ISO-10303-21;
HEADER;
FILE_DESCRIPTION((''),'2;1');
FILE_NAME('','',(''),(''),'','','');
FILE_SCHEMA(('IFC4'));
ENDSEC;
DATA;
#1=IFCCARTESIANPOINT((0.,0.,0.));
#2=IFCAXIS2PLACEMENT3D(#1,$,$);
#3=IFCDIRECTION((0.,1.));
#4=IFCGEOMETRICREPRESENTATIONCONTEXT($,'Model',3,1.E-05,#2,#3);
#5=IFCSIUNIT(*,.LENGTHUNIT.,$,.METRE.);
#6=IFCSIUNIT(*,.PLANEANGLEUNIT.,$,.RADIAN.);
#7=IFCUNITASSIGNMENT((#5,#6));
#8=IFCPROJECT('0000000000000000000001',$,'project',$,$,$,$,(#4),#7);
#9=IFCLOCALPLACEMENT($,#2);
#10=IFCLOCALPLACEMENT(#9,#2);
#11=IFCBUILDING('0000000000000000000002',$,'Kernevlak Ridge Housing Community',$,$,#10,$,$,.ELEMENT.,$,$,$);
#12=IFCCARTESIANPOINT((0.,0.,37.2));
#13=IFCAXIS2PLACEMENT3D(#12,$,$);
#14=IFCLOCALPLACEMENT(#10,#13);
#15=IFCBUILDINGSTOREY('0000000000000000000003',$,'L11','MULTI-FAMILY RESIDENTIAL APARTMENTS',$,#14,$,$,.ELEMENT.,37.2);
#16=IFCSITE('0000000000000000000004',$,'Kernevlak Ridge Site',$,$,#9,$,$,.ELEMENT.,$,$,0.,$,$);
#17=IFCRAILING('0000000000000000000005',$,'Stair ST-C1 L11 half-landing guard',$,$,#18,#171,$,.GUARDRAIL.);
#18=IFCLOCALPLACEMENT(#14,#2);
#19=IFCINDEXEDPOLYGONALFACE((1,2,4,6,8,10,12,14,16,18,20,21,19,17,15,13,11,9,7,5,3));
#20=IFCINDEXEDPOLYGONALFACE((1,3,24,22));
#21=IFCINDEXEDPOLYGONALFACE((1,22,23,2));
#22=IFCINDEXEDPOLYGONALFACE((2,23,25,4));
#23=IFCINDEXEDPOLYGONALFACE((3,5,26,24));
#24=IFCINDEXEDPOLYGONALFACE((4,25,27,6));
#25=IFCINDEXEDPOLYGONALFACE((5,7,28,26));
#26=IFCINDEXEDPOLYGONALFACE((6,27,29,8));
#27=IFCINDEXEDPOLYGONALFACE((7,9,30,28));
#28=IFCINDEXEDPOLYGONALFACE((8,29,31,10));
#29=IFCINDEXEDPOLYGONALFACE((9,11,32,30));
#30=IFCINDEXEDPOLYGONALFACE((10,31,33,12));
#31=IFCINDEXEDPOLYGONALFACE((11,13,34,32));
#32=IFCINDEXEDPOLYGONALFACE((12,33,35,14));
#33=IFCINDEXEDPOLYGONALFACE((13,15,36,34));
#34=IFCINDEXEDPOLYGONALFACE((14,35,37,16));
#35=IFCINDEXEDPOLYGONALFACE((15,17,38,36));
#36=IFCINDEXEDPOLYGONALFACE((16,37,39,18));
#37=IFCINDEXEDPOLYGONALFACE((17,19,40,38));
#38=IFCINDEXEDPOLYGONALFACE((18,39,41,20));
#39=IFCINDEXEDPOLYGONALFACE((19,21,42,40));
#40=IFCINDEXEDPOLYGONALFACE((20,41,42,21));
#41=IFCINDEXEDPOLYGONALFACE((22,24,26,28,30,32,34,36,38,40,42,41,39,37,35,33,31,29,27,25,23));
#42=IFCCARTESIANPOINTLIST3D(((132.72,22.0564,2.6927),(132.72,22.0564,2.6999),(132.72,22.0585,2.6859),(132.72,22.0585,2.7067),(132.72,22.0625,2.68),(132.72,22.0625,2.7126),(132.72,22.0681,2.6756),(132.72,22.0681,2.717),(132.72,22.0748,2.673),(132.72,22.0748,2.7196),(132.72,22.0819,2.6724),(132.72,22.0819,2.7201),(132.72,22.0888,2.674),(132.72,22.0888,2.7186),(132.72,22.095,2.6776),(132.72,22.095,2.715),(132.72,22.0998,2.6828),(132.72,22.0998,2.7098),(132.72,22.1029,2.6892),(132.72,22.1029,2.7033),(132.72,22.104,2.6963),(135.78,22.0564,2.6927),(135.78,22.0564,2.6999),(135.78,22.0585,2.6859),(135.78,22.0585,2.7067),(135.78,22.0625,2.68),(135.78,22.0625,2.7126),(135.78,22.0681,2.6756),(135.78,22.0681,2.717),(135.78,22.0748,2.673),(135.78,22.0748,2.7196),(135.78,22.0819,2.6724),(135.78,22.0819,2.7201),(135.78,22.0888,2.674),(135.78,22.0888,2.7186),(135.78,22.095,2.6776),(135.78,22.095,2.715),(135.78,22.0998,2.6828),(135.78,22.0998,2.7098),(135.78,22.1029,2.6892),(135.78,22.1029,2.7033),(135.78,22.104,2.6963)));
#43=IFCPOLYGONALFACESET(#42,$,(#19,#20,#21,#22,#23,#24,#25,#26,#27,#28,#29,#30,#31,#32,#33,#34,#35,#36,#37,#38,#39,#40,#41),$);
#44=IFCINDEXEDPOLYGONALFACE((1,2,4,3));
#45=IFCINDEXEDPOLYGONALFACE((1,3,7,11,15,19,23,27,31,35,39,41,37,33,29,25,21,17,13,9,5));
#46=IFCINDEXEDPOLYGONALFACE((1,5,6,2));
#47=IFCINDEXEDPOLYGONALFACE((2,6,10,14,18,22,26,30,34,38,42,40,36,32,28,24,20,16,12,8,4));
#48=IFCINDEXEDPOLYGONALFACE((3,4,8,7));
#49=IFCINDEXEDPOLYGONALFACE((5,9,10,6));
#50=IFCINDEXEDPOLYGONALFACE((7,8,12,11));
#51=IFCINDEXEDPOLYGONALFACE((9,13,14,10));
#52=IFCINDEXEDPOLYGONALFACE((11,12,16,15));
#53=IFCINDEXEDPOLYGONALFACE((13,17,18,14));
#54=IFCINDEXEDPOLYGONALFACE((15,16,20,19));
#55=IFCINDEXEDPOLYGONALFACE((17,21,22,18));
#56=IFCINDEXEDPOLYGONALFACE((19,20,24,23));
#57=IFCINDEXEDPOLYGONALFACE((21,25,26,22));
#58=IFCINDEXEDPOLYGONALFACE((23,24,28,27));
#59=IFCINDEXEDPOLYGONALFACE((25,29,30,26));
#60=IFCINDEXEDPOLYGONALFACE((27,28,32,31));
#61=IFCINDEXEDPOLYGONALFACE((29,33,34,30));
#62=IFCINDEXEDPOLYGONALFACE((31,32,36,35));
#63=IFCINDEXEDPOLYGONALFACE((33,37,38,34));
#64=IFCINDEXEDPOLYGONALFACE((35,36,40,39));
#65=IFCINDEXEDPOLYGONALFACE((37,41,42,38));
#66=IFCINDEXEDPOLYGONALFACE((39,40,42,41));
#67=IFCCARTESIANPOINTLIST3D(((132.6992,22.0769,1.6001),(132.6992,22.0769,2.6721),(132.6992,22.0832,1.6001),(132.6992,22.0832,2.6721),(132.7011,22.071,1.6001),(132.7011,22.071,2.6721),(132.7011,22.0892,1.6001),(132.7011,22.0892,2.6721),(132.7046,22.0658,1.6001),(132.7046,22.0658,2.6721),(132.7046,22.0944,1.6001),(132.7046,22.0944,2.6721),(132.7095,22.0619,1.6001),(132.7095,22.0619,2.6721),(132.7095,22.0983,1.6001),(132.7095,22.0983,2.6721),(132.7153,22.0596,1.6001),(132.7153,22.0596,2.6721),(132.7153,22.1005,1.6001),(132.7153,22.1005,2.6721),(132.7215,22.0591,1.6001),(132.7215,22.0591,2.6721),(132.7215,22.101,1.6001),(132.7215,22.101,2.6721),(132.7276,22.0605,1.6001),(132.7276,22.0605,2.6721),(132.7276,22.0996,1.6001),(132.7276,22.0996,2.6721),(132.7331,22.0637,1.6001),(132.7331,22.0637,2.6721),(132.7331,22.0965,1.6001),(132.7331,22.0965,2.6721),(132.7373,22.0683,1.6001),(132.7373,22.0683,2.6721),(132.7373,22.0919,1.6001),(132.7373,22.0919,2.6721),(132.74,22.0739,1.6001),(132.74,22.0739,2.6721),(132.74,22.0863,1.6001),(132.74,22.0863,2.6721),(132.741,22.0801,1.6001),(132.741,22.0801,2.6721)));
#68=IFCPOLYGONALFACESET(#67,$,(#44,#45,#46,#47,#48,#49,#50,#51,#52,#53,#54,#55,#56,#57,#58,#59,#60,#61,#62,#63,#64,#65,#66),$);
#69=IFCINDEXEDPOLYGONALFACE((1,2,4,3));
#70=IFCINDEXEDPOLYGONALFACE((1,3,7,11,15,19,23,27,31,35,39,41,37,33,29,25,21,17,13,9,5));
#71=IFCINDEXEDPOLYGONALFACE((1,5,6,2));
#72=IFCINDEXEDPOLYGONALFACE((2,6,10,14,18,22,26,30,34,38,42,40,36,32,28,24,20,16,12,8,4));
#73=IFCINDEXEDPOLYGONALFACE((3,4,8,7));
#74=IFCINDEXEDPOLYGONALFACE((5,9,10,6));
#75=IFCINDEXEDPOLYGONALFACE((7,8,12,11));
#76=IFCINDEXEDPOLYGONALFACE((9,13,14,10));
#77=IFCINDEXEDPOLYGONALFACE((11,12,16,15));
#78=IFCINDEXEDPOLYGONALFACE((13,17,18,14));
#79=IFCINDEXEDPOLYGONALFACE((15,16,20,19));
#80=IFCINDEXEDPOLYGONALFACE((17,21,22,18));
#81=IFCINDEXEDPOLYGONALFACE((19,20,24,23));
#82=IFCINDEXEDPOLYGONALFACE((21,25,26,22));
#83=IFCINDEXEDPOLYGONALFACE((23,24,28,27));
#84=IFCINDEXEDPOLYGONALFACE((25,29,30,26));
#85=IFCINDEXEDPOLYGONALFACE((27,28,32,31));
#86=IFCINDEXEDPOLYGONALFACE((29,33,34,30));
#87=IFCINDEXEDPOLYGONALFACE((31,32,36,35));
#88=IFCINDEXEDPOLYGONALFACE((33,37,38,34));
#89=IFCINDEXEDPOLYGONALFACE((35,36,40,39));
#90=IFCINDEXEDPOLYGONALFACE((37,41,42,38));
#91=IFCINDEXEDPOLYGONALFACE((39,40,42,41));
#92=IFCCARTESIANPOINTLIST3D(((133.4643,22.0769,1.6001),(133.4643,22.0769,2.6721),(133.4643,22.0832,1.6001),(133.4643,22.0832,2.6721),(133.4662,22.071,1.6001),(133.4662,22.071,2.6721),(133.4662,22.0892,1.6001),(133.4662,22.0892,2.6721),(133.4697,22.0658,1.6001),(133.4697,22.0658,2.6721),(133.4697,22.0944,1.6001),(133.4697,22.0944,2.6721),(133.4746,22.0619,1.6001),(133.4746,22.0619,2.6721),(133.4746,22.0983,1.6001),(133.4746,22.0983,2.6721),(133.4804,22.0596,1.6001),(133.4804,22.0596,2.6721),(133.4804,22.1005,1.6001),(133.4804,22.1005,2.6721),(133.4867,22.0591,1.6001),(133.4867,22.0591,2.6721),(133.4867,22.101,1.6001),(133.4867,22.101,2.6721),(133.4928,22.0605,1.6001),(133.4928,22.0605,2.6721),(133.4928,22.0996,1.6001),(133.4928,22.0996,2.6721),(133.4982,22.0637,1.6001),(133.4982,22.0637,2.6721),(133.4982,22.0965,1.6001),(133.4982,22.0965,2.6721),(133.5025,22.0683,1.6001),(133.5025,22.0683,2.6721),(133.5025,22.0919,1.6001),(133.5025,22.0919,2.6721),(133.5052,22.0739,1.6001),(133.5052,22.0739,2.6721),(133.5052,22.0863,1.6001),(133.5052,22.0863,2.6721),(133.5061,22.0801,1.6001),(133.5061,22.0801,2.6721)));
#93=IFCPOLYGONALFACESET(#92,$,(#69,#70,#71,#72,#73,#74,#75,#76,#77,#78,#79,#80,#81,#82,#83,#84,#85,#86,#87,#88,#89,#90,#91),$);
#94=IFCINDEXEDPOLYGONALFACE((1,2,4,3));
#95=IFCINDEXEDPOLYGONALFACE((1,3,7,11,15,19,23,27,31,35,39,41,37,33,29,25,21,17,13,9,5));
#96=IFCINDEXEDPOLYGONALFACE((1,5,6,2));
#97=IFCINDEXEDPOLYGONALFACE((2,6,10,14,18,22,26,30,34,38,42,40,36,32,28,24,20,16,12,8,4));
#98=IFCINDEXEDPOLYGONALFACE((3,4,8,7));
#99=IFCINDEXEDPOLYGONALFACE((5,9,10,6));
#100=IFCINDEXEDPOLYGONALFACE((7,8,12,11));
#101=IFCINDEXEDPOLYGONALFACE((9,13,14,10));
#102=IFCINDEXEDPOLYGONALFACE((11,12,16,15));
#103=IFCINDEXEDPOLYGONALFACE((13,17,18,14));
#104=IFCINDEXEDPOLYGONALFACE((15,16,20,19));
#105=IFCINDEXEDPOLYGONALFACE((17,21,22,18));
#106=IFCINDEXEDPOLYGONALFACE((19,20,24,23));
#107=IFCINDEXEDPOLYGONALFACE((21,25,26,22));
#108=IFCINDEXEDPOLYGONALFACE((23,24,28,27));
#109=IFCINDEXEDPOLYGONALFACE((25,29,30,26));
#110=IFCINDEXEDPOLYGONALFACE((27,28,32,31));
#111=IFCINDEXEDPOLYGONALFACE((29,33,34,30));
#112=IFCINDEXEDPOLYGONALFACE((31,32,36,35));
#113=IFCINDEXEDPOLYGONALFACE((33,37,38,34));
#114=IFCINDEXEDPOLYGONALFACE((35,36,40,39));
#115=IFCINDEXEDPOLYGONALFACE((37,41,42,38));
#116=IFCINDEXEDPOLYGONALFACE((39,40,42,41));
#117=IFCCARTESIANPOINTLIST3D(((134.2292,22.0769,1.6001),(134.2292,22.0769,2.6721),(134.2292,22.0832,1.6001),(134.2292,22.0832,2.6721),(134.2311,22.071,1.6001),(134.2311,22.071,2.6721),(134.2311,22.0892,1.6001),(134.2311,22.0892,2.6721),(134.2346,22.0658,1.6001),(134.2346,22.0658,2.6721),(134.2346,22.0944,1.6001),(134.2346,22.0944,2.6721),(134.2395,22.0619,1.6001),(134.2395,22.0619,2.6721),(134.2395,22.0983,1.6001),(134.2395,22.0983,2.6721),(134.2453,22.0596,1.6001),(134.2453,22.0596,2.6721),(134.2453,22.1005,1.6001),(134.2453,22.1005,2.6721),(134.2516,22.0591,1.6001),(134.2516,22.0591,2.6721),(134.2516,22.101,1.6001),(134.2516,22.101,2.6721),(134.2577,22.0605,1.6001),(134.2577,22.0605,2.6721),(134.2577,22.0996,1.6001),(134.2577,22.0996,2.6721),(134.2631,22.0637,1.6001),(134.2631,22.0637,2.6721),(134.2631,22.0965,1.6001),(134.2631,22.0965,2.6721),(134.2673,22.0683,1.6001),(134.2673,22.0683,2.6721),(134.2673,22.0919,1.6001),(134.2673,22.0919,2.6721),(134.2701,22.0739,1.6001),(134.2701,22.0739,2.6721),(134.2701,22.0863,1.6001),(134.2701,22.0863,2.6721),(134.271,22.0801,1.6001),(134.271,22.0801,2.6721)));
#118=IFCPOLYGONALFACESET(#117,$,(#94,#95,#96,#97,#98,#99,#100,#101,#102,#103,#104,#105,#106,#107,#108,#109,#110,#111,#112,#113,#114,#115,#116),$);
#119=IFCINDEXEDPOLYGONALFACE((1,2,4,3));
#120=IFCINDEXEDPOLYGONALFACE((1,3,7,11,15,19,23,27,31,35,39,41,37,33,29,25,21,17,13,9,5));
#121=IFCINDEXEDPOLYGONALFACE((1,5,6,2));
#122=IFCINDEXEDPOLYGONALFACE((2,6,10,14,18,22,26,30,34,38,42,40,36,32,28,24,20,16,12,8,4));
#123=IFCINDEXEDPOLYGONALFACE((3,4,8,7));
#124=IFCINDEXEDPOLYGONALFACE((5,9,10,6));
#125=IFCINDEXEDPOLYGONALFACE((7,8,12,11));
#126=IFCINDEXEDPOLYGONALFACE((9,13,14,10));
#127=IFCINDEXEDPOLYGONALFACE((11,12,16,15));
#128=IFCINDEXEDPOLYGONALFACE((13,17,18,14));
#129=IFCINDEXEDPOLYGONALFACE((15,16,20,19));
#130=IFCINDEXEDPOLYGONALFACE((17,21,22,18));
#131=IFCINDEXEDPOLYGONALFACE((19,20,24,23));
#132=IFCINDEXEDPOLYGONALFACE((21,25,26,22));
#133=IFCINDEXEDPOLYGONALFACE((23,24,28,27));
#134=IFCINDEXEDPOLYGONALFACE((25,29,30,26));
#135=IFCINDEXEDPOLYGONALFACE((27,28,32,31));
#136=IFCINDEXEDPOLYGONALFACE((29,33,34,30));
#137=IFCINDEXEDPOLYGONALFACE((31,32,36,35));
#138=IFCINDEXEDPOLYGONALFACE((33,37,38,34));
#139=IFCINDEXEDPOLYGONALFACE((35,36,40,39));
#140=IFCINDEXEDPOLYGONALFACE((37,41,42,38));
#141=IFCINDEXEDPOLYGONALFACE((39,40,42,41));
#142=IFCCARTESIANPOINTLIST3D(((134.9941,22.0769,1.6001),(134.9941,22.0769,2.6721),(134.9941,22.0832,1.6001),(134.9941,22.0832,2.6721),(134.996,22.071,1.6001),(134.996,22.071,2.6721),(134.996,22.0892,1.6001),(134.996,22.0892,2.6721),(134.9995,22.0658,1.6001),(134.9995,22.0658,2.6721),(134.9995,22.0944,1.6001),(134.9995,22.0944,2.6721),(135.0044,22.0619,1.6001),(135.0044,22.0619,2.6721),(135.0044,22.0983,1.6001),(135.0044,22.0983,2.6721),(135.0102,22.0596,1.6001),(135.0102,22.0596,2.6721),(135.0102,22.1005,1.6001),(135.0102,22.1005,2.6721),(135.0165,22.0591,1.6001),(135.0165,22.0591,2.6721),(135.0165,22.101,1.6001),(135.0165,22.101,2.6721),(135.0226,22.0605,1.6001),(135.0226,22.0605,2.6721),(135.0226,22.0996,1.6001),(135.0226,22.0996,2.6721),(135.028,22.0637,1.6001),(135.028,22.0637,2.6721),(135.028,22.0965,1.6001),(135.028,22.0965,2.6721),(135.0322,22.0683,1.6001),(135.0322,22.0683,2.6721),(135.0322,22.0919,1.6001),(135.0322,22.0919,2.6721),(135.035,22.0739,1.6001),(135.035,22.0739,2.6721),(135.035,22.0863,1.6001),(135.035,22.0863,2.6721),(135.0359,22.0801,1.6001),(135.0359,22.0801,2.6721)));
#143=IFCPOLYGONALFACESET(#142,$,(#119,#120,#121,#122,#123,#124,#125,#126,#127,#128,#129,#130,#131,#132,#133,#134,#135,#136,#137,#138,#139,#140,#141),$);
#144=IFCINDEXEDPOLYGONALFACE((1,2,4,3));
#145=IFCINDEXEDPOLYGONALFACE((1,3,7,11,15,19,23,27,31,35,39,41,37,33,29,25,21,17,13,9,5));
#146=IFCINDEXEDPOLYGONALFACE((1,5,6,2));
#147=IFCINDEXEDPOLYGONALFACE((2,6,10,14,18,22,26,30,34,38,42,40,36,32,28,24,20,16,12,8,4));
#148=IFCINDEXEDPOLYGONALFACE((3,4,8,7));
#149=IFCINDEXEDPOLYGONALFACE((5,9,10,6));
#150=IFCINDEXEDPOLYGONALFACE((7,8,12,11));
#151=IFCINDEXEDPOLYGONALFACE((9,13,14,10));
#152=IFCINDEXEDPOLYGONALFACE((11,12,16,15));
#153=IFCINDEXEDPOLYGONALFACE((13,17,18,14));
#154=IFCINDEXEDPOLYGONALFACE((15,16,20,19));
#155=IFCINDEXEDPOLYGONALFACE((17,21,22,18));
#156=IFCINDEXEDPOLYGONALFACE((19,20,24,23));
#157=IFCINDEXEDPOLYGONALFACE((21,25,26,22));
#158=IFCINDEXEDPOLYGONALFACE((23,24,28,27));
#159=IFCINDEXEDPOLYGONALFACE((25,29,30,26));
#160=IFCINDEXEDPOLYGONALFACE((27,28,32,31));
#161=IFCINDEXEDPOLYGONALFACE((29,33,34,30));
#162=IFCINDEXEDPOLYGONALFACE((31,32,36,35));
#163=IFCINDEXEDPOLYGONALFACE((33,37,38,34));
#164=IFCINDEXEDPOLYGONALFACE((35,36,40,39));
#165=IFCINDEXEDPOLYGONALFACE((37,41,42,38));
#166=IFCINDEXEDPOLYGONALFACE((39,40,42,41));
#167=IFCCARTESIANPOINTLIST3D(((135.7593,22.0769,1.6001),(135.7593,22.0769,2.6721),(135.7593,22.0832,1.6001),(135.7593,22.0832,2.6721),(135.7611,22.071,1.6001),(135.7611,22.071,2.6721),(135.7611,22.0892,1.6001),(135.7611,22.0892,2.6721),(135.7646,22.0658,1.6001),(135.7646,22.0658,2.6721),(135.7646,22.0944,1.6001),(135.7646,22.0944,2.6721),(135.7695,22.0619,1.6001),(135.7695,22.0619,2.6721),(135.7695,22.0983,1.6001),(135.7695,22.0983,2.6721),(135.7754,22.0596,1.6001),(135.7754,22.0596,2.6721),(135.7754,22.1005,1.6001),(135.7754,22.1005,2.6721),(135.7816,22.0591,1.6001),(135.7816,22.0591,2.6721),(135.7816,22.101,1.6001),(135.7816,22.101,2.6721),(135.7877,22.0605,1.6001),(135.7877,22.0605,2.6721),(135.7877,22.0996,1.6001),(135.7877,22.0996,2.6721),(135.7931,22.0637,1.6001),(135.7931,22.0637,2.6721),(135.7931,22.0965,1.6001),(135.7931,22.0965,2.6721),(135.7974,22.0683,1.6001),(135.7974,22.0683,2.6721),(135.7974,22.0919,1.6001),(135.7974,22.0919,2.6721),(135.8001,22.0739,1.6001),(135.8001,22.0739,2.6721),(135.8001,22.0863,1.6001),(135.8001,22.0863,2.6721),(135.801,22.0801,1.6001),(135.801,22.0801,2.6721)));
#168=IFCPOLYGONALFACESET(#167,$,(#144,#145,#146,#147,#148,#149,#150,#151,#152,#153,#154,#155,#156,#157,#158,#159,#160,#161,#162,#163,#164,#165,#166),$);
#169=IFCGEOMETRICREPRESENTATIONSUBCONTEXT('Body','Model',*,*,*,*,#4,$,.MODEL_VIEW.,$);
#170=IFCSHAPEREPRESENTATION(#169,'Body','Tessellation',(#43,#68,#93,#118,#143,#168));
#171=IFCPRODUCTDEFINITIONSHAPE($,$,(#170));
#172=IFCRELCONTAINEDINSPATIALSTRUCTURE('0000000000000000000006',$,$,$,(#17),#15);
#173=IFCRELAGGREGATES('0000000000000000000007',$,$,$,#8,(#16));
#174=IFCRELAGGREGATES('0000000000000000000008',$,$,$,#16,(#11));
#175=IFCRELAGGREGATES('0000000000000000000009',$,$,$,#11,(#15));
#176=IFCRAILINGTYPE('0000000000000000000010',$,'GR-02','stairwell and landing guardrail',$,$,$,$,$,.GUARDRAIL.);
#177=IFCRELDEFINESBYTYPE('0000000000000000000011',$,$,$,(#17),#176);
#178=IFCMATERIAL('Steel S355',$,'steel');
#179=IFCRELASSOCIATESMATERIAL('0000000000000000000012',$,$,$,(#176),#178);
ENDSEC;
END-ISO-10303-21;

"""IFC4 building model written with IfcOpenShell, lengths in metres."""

from ifc_helpers import new_model, si_unit, direction, frame, origin, origin_2d, place, context, subcontext, project, spatial, circle, extrude, material, type_object, element, save


model = new_model("IFC4")

# Units and contexts
model_context = context("Model", 3, precision=1e-05, world=origin(), true_north=direction((0.0, 1.0)))
body_context = subcontext(model_context, "Body", "Model", "MODEL_VIEW")
ifc_project = project(units=[si_unit("LENGTHUNIT", "METRE"), si_unit("PLANEANGLEUNIT", "RADIAN")], contexts=[model_context])

# Site, building, storey
site_placement = place(None, origin())
site = spatial("IfcSite", under=ifc_project, at=site_placement, Name="Kernevlak Ridge Site", CompositionType="ELEMENT", RefElevation=0.0)
building_placement = place(site_placement, origin())
building = spatial("IfcBuilding", under=site, at=building_placement, Name="Kernevlak Ridge Housing Community", CompositionType="ELEMENT")
storey_placement = place(building_placement, frame((0.0, 0.0, 37.2)))
storey = spatial("IfcBuildingStorey", under=building, at=storey_placement, Name="L11", Description="MULTI-FAMILY RESIDENTIAL APARTMENTS", CompositionType="ELEMENT", Elevation=37.2)

# Railing
ifc_material_1 = material(Name="Steel S355", Category="steel")
railing_type_1 = type_object("IfcRailingType", Name="GR-02", Description="stairwell and landing guardrail", PredefinedType="GUARDRAIL", material=ifc_material_1)
railing_1_placement = place(storey_placement, frame((132.72, 22.0801, 1.6001)))
element("IfcRailing", 1, at=railing_1_placement, inside=storey, type_object=railing_type_1, Name="Stair ST-C1 L11 half-landing guard", PredefinedType="GUARDRAIL", context=body_context, shape_type="SweptSolid", body=[
    extrude(circle(Radius=0.0239, at=origin_2d()), frame((0.0, 0.0, 1.0962), z_axis=(1.0, 0.0, 0.0), x_axis=(0.0, 1.0, 0.0)), (0.0, 0.0, 1.0), 3.0601),
    extrude(circle(Radius=0.021, at=origin_2d()), origin(), (0.0, 0.0, 1.0), 1.072),
    extrude(circle(Radius=0.021, at=origin_2d()), frame((0.7651, 0.0, 0.0)), (0.0, 0.0, 1.0), 1.072),
    extrude(circle(Radius=0.021, at=origin_2d()), frame((1.53, 0.0, 0.0)), (0.0, 0.0, 1.0), 1.072),
    extrude(circle(Radius=0.021, at=origin_2d()), frame((2.2949, 0.0, 0.0)), (0.0, 0.0, 1.0), 1.072),
    extrude(circle(Radius=0.021, at=origin_2d()), frame((3.0601, 0.0, 0.0)), (0.0, 0.0, 1.0), 1.072),
])

save(model, "model.ifc")
